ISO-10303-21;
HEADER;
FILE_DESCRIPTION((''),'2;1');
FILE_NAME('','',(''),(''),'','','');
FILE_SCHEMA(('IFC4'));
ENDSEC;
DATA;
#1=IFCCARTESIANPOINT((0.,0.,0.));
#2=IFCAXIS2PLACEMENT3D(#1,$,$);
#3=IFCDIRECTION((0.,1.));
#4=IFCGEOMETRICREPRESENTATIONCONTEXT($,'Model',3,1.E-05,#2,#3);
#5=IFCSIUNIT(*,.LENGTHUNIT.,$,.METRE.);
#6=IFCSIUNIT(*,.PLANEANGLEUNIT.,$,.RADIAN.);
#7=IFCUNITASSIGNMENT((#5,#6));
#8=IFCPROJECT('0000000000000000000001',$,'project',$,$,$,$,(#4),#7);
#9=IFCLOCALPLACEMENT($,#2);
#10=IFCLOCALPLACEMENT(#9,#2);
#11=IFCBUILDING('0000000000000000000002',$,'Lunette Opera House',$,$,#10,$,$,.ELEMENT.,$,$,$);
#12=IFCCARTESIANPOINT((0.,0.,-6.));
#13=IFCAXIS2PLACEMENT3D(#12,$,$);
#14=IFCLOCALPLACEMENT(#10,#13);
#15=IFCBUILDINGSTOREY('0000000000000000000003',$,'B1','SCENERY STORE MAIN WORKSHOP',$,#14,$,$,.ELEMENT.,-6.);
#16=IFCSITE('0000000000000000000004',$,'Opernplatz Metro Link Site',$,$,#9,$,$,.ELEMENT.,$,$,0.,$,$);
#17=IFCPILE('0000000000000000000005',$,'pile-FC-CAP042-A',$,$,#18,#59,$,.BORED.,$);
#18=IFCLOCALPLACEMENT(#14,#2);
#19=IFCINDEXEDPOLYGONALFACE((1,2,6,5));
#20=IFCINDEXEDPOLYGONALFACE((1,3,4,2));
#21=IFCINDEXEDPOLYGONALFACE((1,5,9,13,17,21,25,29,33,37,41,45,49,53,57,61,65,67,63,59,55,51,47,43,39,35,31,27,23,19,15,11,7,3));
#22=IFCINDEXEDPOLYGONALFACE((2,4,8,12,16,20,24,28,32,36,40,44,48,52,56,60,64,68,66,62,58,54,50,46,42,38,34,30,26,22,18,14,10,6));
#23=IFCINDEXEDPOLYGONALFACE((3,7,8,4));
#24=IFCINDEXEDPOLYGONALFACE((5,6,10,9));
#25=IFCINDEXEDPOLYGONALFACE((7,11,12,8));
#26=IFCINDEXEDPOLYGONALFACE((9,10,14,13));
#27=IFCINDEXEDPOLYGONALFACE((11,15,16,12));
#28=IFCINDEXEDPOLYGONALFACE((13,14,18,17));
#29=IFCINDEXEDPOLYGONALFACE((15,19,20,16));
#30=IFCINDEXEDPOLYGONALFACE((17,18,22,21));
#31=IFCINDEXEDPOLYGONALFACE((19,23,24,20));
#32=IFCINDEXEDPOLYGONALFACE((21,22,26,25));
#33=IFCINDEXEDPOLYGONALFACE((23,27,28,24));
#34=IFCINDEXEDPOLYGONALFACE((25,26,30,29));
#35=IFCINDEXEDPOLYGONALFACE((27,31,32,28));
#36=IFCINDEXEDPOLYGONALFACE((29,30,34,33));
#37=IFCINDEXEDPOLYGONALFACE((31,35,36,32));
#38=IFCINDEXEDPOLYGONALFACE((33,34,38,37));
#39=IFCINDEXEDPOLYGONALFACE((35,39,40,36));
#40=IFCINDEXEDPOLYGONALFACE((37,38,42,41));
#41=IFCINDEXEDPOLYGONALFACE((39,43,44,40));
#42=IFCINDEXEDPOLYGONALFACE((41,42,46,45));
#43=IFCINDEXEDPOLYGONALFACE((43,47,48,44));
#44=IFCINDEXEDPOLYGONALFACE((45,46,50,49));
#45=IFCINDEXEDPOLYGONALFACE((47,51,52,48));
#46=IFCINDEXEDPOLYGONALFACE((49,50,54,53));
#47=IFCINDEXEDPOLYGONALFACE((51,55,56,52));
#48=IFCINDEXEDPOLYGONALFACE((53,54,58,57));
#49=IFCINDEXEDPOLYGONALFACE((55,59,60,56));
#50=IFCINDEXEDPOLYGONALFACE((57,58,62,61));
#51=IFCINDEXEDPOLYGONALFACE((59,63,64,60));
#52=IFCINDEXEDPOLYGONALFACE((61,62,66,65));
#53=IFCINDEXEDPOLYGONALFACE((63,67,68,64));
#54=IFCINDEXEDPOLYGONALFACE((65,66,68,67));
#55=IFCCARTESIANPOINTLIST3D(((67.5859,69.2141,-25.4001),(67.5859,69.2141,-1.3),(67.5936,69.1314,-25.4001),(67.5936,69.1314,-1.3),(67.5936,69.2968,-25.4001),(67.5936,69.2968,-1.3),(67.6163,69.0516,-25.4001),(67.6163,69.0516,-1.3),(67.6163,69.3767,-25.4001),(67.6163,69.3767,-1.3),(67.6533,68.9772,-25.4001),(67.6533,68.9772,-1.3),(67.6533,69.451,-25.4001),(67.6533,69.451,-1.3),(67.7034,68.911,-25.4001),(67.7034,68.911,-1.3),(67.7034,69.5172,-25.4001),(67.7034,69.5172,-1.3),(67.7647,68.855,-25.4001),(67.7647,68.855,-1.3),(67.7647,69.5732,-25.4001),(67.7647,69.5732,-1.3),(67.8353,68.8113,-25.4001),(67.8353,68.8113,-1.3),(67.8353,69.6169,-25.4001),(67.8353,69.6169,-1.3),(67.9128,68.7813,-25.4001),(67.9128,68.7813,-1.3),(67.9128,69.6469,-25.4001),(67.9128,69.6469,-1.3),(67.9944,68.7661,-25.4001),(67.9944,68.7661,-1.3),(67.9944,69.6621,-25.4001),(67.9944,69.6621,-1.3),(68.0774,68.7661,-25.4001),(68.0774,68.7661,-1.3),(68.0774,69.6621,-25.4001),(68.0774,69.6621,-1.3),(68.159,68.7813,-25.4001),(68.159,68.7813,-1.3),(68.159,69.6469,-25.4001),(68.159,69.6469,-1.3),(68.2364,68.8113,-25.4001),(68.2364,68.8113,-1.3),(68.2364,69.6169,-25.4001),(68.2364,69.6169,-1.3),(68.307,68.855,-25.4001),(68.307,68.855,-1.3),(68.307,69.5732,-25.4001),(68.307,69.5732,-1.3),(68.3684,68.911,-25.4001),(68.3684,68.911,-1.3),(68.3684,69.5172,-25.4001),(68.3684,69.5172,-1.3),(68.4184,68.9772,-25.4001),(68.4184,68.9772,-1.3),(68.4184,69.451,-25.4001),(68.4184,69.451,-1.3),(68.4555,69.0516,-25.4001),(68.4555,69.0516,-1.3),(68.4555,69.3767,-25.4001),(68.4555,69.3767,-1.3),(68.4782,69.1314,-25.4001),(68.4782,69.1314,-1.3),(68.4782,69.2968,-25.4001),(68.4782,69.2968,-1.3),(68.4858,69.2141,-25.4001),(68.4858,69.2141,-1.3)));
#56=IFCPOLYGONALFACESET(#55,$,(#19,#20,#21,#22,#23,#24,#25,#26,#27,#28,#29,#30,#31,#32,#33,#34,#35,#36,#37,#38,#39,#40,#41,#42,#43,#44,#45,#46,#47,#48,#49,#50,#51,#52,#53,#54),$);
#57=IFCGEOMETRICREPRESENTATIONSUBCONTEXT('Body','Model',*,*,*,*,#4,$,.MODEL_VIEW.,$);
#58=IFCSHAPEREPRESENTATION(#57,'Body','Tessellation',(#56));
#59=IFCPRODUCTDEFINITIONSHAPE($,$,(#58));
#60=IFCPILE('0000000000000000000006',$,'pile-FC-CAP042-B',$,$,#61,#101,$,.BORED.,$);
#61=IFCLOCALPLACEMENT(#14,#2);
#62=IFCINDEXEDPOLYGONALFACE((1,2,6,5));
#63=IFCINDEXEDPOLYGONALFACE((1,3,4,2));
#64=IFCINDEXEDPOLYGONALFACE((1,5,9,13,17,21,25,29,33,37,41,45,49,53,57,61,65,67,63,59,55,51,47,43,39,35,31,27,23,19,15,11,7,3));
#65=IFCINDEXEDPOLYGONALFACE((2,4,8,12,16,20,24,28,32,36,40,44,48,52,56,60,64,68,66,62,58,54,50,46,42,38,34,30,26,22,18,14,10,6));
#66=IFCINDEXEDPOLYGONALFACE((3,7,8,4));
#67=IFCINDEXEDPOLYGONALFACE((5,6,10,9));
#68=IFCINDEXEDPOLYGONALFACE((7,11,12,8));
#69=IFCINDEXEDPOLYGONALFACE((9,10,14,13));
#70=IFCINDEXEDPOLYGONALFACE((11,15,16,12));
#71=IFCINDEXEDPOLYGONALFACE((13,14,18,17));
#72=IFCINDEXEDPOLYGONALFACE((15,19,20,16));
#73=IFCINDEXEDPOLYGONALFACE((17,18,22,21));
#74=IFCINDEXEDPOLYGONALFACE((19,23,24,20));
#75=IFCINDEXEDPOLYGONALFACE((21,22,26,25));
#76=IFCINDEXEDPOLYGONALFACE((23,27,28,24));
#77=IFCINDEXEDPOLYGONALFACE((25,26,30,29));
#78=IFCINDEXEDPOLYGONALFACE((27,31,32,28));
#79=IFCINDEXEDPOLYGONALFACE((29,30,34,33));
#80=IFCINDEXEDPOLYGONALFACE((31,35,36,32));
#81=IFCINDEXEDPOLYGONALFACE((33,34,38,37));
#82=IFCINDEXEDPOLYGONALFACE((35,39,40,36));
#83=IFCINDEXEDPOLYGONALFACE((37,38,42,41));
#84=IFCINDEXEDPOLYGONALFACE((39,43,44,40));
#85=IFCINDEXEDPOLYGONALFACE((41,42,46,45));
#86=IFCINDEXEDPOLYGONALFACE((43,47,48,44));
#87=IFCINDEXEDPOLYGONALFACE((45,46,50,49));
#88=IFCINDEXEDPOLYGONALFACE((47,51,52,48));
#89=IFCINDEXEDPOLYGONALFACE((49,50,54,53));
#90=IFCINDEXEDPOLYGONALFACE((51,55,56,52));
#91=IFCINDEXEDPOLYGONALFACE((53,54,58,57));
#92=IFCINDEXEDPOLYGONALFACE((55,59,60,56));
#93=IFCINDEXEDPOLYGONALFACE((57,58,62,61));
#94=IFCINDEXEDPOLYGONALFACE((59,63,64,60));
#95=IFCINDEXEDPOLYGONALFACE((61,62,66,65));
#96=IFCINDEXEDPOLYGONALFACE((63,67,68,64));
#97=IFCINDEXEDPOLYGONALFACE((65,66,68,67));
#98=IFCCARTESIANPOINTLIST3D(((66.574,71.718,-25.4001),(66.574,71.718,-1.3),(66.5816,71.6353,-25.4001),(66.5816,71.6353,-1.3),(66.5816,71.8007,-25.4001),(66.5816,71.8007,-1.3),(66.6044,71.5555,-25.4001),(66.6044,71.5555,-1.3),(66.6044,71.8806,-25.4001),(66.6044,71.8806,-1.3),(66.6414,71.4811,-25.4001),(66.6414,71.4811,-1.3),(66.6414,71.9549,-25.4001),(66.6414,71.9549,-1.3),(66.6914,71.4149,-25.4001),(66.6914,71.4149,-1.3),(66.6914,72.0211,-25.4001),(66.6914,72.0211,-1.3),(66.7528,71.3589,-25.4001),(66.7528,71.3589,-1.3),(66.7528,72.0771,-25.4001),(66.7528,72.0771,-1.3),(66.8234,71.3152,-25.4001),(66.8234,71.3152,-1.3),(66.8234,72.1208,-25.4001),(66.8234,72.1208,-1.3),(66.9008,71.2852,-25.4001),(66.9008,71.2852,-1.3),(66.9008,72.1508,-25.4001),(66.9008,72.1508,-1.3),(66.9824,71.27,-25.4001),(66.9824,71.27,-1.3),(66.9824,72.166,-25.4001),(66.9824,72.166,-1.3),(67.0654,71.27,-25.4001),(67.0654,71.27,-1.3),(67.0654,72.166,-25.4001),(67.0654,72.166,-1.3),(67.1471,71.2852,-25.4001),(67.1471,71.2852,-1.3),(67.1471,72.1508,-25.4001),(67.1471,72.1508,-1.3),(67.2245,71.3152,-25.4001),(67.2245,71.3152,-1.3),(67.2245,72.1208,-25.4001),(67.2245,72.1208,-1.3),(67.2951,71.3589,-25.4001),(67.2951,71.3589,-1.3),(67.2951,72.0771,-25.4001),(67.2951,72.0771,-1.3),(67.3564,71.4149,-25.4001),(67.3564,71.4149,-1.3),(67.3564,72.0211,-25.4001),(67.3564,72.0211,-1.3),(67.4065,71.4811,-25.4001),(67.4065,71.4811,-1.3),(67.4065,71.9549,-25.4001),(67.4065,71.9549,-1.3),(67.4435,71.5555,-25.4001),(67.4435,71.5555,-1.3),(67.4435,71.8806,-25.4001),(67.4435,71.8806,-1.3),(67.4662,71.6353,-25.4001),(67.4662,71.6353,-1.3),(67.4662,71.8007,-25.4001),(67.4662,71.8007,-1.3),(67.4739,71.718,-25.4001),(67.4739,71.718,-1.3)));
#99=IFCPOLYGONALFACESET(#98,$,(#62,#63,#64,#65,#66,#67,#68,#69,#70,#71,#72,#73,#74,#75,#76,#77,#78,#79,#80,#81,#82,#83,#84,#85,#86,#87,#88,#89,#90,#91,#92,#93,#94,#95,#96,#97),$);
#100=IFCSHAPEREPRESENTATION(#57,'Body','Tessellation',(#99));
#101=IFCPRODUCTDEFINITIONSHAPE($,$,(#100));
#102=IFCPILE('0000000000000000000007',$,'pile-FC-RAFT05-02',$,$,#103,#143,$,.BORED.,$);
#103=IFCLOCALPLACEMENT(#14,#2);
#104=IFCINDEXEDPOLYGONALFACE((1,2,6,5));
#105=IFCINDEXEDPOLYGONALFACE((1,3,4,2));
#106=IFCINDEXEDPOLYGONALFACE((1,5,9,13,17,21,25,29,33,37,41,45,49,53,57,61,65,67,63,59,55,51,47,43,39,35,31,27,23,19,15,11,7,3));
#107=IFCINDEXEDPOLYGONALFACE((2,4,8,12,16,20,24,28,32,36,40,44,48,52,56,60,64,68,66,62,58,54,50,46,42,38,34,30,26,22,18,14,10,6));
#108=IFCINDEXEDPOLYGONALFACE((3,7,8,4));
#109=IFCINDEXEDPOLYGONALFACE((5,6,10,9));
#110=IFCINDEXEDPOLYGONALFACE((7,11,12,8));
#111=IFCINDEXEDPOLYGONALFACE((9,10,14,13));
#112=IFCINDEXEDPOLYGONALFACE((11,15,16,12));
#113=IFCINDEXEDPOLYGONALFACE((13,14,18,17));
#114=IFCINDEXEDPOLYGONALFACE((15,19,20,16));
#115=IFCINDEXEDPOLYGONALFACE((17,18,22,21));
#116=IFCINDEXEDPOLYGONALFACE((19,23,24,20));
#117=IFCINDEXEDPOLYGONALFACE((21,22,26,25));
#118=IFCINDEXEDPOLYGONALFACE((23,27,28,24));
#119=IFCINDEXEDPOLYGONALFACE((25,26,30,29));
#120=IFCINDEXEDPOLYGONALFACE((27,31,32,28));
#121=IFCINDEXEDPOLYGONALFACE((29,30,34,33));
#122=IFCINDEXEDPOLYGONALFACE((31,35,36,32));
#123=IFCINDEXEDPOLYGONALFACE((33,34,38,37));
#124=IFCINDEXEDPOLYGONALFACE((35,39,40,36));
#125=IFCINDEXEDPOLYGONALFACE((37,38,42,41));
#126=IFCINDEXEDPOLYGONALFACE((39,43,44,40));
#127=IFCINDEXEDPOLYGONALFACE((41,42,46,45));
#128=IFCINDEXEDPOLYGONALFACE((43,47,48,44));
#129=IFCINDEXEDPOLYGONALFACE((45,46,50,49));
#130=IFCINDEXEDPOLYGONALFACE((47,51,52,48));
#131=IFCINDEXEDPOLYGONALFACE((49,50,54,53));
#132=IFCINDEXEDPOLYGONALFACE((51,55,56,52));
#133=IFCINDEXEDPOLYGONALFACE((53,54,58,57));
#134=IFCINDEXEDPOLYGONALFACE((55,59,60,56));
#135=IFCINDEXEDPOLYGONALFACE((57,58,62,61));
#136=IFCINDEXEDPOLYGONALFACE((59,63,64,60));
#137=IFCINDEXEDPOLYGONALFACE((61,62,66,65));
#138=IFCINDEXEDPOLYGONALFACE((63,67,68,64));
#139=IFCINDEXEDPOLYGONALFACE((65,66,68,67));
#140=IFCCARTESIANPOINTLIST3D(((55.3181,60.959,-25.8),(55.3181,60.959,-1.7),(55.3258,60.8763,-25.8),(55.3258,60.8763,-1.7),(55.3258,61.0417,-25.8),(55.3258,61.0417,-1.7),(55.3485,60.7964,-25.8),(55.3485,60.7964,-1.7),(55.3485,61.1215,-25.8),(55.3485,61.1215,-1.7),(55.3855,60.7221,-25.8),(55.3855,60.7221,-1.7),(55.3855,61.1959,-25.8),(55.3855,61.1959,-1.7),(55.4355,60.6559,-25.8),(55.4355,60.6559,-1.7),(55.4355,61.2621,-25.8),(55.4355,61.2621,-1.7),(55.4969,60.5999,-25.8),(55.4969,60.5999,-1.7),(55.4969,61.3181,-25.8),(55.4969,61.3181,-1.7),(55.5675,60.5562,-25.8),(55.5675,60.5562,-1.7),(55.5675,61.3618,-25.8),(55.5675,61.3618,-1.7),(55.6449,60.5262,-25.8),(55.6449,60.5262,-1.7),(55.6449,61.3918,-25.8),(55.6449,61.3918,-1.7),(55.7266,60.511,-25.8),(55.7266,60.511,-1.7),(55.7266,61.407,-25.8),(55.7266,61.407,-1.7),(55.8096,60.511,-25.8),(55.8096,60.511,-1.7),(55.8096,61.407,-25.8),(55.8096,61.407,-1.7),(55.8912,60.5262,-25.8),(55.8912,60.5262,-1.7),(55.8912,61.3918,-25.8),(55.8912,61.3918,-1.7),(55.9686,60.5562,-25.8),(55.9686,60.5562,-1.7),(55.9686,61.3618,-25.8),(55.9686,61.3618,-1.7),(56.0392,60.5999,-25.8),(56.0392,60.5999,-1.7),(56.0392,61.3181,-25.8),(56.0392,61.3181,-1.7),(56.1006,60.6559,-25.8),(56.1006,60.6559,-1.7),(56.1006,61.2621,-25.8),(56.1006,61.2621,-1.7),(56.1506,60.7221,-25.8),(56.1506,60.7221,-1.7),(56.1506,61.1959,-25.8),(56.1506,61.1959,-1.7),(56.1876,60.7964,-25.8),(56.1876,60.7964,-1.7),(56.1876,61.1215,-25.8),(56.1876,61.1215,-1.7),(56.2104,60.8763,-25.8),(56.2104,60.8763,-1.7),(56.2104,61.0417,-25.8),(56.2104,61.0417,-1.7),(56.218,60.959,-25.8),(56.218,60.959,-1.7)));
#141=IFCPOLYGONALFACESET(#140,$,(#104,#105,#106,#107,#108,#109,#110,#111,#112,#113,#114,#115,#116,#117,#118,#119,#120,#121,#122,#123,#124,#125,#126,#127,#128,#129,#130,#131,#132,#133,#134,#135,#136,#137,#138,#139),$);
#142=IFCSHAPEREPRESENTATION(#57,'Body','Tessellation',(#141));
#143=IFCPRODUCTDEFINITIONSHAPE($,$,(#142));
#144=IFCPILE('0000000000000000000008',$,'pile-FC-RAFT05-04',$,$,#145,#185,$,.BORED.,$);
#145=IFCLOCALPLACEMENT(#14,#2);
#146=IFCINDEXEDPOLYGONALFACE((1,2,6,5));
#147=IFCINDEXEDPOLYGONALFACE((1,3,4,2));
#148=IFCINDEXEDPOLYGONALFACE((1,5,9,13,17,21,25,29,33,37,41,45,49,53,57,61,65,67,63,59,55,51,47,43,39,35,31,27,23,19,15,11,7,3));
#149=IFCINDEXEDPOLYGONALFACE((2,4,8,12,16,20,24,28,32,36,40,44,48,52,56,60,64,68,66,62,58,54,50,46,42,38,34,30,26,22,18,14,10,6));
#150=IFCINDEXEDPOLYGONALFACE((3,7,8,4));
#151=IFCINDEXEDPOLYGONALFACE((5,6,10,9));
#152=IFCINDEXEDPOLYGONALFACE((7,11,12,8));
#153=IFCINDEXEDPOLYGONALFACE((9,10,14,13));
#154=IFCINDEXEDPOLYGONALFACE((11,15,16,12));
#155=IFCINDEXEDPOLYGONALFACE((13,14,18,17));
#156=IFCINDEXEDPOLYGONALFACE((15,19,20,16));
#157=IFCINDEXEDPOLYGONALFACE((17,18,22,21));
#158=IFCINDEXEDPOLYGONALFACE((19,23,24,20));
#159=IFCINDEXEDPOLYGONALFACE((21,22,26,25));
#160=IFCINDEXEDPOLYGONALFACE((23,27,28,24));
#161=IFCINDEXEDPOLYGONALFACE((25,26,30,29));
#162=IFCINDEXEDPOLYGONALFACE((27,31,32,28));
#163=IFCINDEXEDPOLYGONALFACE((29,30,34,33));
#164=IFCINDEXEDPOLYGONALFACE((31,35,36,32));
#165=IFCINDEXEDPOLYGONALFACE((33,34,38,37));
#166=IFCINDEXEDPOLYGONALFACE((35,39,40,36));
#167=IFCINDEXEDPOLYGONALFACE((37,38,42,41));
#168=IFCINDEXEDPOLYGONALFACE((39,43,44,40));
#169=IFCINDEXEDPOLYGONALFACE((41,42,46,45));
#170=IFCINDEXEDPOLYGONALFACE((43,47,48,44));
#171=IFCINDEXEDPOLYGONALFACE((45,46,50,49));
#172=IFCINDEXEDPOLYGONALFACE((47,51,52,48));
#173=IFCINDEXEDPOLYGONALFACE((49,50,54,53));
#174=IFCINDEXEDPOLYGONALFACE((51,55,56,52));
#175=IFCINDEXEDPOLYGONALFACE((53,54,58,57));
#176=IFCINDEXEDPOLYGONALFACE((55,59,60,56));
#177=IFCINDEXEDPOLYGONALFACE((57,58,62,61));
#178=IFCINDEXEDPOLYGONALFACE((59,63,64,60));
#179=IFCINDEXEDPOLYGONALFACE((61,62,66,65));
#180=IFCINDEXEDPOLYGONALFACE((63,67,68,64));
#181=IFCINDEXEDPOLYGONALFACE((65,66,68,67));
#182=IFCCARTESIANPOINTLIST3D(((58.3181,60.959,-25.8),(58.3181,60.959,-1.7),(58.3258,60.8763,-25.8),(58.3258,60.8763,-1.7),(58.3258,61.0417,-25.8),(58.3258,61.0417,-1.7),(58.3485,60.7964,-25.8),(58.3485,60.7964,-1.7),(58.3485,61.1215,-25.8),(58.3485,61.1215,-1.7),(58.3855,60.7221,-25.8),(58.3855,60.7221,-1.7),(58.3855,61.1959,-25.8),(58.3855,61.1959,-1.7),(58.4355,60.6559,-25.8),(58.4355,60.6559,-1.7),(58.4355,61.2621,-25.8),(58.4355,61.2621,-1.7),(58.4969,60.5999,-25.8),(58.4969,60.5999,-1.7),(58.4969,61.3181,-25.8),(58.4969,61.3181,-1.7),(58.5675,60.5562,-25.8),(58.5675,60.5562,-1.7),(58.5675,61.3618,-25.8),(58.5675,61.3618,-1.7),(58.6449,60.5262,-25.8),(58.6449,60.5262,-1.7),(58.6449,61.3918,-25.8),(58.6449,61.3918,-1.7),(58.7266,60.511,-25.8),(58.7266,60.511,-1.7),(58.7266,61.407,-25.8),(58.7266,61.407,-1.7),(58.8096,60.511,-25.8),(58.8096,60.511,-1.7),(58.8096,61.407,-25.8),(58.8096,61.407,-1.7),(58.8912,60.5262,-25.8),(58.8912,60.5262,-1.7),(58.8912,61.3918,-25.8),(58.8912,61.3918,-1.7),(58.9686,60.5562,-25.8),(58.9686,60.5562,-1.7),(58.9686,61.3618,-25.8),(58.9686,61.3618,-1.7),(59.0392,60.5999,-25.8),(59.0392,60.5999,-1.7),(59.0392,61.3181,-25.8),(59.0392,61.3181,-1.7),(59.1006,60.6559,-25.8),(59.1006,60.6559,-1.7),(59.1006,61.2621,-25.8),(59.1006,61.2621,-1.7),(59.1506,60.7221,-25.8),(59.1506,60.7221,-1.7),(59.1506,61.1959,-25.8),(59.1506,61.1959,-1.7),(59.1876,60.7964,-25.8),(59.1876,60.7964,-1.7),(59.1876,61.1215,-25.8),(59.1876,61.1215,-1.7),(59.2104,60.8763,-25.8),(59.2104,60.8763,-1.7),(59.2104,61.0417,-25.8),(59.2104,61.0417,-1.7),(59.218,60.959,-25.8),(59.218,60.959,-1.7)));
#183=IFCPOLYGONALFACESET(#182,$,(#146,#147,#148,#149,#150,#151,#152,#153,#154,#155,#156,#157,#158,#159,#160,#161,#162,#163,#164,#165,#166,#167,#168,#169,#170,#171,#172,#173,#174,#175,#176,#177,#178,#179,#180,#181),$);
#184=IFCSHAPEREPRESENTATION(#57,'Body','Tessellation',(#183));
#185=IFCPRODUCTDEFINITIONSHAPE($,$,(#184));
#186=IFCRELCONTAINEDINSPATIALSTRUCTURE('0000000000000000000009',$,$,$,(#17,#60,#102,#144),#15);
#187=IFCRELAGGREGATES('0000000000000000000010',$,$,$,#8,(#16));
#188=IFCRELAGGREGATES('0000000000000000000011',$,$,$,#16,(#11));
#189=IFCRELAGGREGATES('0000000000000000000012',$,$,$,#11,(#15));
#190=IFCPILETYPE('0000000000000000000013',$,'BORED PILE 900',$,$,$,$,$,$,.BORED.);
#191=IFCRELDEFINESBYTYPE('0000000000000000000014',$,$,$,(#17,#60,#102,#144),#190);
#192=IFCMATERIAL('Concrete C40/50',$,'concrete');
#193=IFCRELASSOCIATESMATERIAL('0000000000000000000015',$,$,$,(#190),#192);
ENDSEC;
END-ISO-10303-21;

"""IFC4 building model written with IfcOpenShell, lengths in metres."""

from ifc_helpers import new_model, si_unit, direction, frame, origin, origin_2d, place, context, subcontext, project, spatial, circle, extrude, material, material_profile, profile_set, type_object, element, save


model = new_model("IFC4")

# Units and contexts
model_context = context("Model", 3, precision=1e-05, world=origin(), true_north=direction((0.0, 1.0)))
body_context = subcontext(model_context, "Body", "Model", "MODEL_VIEW")
ifc_project = project(units=[si_unit("LENGTHUNIT", "METRE"), si_unit("PLANEANGLEUNIT", "RADIAN")], contexts=[model_context])

# Site, building, storey
site_placement = place(None, origin())
site = spatial("IfcSite", under=ifc_project, at=site_placement, Name="Opernplatz Metro Link Site", CompositionType="ELEMENT", RefElevation=0.0)
building_placement = place(site_placement, origin())
building = spatial("IfcBuilding", under=site, at=building_placement, Name="Lunette Opera House", CompositionType="ELEMENT")
storey_placement = place(building_placement, frame((0.0, 0.0, -6.0)))
storey = spatial("IfcBuildingStorey", under=building, at=storey_placement, Name="B1", Description="SCENERY STORE MAIN WORKSHOP", CompositionType="ELEMENT", Elevation=-6.0)

# Piles
ifc_material_1 = material(Name="Concrete C40/50", Category="concrete")
ifc_material_profile_1 = material_profile(ifc_material_1, circle(Radius=0.45, at=origin_2d()), Name="BORED PILE 900")
ifc_profile_set_1 = profile_set([ifc_material_profile_1], Name="Concrete C40/50")
pile_type = type_object("IfcPileType", Name="BORED PILE 900", PredefinedType="BORED", material=ifc_profile_set_1)
for number, where, z_axis, x_axis, name in (
    (1, (68.0359, 69.2141, -1.3), (0.0, 0.0, -1.0), (1.0, 0.0, 0.0), "pile-FC-CAP042-A"),
    (2, (67.0239, 71.718, -1.3), (0.0, 0.0, -1.0), (1.0, 0.0, 0.0), "pile-FC-CAP042-B"),
    (3, (55.7681, 60.959, -1.7), (0.0, 0.0, -1.0), (1.0, 0.0, 0.0), "pile-FC-RAFT05-02"),
    (4, (58.7681, 60.959, -1.7), (0.0, 0.0, -1.0), (1.0, 0.0, 0.0), "pile-FC-RAFT05-04"),
):
    element("IfcPile", number, at=place(storey_placement, frame(where, z_axis=z_axis, x_axis=x_axis)), inside=storey, type_object=pile_type, Name=name, PredefinedType="BORED", context=body_context, shape_type="SweptSolid", body=[
        extrude(circle(Radius=0.45, at=origin_2d()), origin(), (0.0, 0.0, 1.0), 24.1001),
    ])

save(model, "model.ifc")
